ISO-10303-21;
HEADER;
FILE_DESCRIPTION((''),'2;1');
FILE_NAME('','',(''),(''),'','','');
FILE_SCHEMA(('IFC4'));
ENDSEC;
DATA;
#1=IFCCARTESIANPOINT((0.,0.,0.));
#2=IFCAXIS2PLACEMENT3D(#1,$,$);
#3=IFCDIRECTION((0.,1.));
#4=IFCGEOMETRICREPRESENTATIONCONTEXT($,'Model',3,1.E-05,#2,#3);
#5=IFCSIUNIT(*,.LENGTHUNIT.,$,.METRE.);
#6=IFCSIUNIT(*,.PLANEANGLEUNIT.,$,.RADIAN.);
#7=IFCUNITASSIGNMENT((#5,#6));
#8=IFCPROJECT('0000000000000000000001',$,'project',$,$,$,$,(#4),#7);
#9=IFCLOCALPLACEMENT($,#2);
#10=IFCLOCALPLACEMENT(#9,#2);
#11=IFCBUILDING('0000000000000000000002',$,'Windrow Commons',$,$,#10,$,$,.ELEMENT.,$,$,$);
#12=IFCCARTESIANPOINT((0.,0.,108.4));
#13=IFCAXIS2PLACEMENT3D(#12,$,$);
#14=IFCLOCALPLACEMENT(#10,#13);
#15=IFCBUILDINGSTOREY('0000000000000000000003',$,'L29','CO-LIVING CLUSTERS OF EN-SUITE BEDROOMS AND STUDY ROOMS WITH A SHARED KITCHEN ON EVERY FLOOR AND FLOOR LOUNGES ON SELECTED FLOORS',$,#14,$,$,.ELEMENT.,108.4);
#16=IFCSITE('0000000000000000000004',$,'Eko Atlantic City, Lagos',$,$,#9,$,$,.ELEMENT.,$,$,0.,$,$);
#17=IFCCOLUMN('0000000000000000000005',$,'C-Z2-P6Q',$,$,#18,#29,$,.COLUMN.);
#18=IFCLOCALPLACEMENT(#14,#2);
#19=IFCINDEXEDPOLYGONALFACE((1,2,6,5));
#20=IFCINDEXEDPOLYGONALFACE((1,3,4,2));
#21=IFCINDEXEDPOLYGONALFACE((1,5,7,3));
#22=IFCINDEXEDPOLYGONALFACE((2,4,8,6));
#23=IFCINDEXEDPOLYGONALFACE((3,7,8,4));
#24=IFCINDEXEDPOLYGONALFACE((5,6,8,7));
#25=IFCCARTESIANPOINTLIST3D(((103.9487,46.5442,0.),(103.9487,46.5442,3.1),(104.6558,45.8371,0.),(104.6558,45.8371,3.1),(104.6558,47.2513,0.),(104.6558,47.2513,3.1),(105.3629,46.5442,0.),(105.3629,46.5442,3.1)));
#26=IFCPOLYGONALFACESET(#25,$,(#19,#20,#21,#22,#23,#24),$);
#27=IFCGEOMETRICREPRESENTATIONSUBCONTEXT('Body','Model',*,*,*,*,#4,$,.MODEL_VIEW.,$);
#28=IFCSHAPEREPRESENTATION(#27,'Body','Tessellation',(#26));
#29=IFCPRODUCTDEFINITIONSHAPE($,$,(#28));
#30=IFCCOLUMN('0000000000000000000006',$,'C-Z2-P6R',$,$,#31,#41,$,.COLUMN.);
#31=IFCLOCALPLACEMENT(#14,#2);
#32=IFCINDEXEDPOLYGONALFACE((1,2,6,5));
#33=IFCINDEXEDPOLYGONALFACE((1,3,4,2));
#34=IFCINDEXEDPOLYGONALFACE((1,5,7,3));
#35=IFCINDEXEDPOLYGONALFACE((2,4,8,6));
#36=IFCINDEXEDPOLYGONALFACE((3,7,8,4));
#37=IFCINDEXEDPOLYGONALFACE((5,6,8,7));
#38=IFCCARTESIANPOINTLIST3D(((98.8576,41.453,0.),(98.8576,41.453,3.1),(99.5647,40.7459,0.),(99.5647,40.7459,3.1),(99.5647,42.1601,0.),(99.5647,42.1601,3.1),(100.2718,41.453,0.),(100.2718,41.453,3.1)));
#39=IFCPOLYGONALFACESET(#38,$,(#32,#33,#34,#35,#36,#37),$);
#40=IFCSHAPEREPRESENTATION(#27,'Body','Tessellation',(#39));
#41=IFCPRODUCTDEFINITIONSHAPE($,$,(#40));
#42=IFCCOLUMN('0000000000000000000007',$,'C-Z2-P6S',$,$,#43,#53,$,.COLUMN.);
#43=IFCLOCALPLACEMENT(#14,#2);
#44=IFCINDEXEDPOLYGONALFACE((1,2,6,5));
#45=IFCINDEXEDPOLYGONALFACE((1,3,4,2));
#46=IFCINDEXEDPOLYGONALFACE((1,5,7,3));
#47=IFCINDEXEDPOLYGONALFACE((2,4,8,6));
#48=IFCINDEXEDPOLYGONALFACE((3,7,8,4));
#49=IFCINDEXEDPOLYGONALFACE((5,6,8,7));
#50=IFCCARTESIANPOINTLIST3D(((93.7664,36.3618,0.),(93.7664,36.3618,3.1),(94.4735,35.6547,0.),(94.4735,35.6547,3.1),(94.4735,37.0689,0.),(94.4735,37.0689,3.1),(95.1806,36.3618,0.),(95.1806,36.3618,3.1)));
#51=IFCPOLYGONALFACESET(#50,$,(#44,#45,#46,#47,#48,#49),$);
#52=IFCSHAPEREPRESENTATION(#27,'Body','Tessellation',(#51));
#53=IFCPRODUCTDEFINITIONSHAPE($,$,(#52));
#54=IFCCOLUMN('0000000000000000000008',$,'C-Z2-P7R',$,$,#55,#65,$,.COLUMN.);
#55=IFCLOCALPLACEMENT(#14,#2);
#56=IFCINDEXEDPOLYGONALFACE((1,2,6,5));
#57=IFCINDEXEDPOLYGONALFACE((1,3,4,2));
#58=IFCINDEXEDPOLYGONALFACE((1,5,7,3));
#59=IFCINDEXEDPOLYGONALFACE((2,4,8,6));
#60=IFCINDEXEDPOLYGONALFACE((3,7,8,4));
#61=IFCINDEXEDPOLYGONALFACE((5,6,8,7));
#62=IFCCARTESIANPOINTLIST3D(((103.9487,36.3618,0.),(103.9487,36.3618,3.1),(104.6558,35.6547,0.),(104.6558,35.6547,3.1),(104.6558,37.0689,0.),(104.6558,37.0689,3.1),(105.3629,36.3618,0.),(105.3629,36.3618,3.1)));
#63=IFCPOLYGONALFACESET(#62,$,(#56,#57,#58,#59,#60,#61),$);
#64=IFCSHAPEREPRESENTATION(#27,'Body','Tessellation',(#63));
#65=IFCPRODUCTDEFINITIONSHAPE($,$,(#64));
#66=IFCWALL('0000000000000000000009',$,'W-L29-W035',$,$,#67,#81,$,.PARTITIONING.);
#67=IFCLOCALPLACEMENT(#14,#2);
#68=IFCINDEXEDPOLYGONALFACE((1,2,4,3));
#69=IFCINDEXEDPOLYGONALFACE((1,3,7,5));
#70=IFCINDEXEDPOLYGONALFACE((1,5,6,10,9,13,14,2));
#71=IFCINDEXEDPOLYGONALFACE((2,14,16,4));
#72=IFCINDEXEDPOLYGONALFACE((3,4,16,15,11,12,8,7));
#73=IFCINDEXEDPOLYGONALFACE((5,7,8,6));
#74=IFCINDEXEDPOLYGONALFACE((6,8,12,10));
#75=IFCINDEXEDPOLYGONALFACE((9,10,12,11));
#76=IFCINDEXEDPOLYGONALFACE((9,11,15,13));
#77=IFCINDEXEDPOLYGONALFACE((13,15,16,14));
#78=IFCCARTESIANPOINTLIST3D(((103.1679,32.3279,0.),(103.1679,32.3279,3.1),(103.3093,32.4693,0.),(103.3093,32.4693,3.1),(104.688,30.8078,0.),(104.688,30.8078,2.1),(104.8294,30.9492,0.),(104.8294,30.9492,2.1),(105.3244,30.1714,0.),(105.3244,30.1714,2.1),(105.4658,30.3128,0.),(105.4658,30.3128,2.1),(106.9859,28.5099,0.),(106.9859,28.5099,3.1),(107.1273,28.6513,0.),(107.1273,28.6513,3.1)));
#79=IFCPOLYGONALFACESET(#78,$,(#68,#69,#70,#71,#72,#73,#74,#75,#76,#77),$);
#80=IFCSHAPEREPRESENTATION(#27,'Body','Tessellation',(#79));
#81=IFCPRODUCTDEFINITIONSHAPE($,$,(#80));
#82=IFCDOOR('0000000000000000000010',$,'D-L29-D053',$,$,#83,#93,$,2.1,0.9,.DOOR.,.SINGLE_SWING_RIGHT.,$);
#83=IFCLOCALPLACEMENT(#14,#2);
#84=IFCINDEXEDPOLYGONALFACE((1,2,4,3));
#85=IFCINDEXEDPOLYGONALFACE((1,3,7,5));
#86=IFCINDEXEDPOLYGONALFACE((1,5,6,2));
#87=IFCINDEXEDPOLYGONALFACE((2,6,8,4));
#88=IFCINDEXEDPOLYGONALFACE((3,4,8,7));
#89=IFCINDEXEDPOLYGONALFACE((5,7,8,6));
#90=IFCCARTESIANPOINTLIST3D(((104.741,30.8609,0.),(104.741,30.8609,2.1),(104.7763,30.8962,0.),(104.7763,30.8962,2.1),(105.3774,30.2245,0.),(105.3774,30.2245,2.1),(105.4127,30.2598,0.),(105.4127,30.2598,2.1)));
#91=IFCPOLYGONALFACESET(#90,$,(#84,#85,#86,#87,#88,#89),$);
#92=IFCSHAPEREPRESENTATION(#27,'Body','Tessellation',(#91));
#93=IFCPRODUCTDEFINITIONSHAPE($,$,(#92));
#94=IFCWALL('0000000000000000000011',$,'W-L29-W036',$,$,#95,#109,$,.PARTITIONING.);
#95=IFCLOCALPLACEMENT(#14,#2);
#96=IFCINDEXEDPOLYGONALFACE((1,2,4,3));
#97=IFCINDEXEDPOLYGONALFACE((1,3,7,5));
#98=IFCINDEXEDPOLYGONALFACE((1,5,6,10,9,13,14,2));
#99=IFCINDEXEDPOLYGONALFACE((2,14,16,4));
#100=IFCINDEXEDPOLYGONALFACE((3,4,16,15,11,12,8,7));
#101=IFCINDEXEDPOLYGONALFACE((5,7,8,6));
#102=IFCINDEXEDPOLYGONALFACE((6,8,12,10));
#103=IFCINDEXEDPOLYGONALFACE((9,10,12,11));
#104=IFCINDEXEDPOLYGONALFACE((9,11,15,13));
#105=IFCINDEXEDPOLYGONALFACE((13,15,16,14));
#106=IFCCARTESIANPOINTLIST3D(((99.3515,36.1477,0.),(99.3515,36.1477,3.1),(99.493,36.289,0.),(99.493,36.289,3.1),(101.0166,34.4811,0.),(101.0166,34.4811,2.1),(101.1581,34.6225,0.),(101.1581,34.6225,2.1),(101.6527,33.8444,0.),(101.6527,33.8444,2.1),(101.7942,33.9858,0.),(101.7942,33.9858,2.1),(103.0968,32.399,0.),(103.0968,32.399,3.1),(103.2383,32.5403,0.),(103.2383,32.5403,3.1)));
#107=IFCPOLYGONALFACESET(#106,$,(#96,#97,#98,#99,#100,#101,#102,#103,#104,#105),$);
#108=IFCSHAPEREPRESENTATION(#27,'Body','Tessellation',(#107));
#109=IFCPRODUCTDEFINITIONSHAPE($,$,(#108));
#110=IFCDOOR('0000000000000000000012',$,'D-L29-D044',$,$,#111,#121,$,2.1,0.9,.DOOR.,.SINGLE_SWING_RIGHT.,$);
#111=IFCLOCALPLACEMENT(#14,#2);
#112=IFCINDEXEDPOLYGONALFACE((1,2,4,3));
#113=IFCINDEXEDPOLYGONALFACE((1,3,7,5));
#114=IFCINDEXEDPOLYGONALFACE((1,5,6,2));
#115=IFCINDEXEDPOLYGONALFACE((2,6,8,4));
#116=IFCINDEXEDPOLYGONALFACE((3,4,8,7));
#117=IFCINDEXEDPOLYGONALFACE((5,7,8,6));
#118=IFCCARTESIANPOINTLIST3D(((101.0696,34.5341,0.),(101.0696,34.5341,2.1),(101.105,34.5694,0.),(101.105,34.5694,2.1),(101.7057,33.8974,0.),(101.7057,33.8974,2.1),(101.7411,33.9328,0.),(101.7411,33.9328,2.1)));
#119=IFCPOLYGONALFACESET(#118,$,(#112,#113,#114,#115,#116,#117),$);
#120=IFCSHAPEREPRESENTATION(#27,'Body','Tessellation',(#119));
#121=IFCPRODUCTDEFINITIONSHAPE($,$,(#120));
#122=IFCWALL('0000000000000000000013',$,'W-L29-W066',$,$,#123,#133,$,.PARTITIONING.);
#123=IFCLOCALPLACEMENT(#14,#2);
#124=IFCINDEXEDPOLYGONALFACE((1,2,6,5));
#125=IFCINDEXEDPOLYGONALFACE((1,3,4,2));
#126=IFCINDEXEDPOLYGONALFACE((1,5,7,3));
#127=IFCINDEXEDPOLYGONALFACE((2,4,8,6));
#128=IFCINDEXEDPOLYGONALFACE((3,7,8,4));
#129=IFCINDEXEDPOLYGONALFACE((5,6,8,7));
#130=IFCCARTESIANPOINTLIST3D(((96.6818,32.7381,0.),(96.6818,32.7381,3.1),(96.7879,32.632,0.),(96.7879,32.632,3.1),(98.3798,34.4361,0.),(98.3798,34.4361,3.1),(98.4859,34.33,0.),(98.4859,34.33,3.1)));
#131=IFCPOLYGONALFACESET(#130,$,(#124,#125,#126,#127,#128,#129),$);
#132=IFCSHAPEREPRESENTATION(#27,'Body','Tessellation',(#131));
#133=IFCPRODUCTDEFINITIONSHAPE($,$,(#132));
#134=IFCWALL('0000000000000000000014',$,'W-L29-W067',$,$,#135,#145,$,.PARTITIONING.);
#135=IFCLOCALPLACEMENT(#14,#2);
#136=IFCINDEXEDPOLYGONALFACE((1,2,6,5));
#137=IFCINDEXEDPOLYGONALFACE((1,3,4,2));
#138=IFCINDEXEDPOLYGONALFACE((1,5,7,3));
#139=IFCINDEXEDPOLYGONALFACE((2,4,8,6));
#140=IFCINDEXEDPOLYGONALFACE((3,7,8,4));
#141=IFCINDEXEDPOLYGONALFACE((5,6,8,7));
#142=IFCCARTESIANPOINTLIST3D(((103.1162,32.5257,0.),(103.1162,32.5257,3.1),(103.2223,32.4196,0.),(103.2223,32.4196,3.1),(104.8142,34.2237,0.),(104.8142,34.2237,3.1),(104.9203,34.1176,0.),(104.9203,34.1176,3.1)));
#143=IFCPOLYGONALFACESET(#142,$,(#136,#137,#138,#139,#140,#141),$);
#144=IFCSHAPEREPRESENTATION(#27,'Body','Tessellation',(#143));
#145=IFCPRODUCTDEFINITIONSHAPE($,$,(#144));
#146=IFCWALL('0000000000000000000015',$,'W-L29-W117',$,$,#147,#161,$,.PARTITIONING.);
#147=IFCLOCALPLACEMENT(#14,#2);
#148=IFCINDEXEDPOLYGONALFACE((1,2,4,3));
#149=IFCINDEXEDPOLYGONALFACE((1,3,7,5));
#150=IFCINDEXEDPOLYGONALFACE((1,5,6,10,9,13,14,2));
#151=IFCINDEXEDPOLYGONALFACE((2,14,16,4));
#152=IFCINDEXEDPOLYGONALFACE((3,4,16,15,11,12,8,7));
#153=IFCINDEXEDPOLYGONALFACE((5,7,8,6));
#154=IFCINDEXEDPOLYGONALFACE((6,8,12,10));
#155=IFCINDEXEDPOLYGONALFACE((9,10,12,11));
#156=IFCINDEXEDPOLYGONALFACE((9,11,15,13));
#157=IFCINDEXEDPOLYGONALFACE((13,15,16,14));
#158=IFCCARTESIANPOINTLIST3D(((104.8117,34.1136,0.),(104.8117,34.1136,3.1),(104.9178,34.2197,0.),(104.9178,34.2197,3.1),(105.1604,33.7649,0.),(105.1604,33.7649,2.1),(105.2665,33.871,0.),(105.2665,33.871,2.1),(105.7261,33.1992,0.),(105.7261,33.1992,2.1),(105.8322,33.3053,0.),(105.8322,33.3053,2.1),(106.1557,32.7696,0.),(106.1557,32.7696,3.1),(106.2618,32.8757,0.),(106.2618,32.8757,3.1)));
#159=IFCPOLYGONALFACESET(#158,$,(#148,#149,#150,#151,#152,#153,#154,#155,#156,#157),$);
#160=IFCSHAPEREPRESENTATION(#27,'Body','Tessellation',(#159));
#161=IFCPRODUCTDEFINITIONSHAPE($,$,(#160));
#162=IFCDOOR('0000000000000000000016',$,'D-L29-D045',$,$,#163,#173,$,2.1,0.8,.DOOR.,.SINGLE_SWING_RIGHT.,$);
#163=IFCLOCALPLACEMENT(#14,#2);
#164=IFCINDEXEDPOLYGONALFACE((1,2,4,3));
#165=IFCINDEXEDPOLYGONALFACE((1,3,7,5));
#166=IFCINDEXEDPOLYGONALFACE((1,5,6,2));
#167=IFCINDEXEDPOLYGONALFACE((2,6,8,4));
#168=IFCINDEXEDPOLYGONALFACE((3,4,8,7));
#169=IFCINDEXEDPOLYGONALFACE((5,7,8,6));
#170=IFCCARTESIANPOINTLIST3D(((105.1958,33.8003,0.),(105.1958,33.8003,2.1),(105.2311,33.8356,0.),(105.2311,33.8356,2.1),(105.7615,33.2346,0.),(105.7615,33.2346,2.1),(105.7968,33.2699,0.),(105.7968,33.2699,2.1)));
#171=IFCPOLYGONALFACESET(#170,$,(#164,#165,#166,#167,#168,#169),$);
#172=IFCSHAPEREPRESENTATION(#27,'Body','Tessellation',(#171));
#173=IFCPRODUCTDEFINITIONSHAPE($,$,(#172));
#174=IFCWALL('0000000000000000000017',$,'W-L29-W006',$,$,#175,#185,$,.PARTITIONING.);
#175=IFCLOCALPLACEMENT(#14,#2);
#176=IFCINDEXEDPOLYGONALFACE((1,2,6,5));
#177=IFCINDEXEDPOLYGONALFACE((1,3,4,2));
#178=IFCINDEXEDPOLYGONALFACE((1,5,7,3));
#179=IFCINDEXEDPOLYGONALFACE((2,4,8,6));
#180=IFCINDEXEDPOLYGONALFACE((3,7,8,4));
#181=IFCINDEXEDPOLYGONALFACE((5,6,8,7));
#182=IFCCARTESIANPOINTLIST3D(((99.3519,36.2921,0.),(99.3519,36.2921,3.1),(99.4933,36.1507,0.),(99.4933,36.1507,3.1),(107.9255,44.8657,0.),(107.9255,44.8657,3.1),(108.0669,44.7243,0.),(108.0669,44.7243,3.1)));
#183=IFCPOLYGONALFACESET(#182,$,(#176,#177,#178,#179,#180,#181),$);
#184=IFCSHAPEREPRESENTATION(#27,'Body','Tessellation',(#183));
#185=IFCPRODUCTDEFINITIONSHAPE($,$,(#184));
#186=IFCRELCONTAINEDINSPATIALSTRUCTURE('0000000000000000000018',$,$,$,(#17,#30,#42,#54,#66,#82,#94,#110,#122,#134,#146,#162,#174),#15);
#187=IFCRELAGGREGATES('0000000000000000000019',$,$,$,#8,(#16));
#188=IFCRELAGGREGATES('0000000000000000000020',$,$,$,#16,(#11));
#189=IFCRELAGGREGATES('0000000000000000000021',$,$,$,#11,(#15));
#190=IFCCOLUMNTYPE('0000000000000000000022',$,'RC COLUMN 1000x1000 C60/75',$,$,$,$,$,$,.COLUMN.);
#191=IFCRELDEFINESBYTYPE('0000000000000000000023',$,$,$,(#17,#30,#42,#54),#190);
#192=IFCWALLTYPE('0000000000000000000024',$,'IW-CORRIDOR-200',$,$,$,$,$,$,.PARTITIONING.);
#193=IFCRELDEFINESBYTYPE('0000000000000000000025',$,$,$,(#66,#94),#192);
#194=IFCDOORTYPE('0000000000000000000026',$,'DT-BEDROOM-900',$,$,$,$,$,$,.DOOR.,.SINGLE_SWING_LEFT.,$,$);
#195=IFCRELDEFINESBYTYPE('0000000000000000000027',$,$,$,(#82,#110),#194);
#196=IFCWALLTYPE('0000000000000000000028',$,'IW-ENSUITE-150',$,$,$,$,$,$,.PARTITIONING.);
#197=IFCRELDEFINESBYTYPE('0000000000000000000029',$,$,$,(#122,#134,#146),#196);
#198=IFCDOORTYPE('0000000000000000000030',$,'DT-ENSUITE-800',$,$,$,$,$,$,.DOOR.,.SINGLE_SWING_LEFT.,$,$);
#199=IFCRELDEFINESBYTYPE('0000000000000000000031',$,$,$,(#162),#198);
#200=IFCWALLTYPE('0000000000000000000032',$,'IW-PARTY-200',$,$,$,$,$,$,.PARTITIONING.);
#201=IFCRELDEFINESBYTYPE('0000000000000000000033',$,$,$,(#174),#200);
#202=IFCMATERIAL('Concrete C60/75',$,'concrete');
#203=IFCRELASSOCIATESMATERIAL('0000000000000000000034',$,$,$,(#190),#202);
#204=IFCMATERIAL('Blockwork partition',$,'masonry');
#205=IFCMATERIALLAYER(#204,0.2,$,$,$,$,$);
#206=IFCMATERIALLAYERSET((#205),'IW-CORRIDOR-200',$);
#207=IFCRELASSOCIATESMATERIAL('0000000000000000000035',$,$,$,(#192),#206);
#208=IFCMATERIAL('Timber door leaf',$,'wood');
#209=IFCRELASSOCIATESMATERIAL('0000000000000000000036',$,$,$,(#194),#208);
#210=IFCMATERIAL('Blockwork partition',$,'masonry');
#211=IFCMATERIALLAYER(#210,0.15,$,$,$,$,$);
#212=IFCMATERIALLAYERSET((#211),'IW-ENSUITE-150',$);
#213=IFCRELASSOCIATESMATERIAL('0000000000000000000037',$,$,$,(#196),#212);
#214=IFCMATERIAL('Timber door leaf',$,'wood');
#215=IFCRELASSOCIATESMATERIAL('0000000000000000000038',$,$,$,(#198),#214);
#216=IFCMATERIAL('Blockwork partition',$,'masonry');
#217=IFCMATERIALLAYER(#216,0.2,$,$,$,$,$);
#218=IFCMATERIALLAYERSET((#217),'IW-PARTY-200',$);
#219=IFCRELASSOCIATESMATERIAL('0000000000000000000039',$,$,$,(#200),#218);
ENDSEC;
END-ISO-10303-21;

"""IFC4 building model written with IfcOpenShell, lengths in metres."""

from ifc_helpers import new_model, si_unit, direction, frame, frame_2d, origin, origin_2d, place, context, subcontext, project, spatial, rectangle, extrude, material, layer, layer_set, material_profile, profile_set, type_object, element, fill, save


model = new_model("IFC4")

# Units and contexts
model_context = context("Model", 3, precision=1e-05, world=origin(), true_north=direction((0.0, 1.0)))
body_context = subcontext(model_context, "Body", "Model", "MODEL_VIEW")
ifc_project = project(units=[si_unit("LENGTHUNIT", "METRE"), si_unit("PLANEANGLEUNIT", "RADIAN")], contexts=[model_context])

# Site, building, storey
site_placement = place(None, origin())
site = spatial("IfcSite", under=ifc_project, at=site_placement, Name="Eko Atlantic City, Lagos", CompositionType="ELEMENT", RefElevation=0.0)
building_placement = place(site_placement, origin())
building = spatial("IfcBuilding", under=site, at=building_placement, Name="Windrow Commons", CompositionType="ELEMENT")
storey_placement = place(building_placement, frame((0.0, 0.0, 108.4)))
storey = spatial("IfcBuildingStorey", under=building, at=storey_placement, Name="L29", Description="CO-LIVING CLUSTERS OF EN-SUITE BEDROOMS AND STUDY ROOMS WITH A SHARED KITCHEN ON EVERY FLOOR AND FLOOR LOUNGES ON SELECTED FLOORS", CompositionType="ELEMENT", Elevation=108.4)

# Columns
ifc_material_1 = material(Name="Concrete C60/75", Category="concrete")
ifc_material_profile = material_profile(ifc_material_1, rectangle(XDim=1.0, YDim=1.0, at=origin_2d()))
ifc_profile_set = profile_set([ifc_material_profile], Name="Concrete C60/75")
column_type = type_object("IfcColumnType", Name="RC COLUMN 1000x1000 C60/75", PredefinedType="COLUMN", material=ifc_profile_set)
for number, where, z_axis, x_axis, name in (
    (1, (104.6558, 46.5442, 0.0), (0.0, 0.0, 1.0), (0.707107, -0.707107, 0.0), "C-Z2-P6Q"),
    (2, (99.5647, 41.453, 0.0), (0.0, 0.0, 1.0), (0.707107, -0.707107, 0.0), "C-Z2-P6R"),
    (3, (94.4735, 36.3618, 0.0), (0.0, 0.0, 1.0), (0.707107, -0.707107, 0.0), "C-Z2-P6S"),
    (4, (104.6558, 36.3618, 0.0), (0.0, 0.0, 1.0), (0.707107, -0.707107, 0.0), "C-Z2-P7R"),
):
    element("IfcColumn", number, at=place(storey_placement, frame(where, z_axis=z_axis, x_axis=x_axis)), inside=storey, type_object=column_type, Name=name, PredefinedType="COLUMN", context=body_context, shape_type="SweptSolid", body=[
        extrude(rectangle(XDim=1.0, YDim=1.0, at=origin_2d()), origin(), (0.0, 0.0, 1.0), 3.1),
    ])

# Walls, openings, doors
ifc_material_2 = material(Name="Blockwork partition", Category="masonry")
ifc_layer_1 = layer(ifc_material_2, 0.2)
ifc_layer_set_1 = layer_set([ifc_layer_1], Name="IW-CORRIDOR-200")
wall_type_1 = type_object("IfcWallType", Name="IW-CORRIDOR-200", PredefinedType="PARTITIONING", material=ifc_layer_set_1)
wall_1_placement = place(storey_placement, frame((103.2386, 32.3986, 0.0), z_axis=(0.0, 0.0, 1.0), x_axis=(0.707107, -0.707107, 0.0)))
wall_1 = element("IfcWall", 5, at=wall_1_placement, inside=storey, type_object=wall_type_1, Name="W-L29-W035", PredefinedType="PARTITIONING", context=body_context, shape_type="SweptSolid", body=[
    extrude(rectangle(XDim=5.3995, YDim=0.2, at=frame_2d((2.6997, 0.0))), origin(), (0.0, 0.0, 1.0), 3.1),
])
opening_1_placement = place(wall_1_placement, frame((2.1497, 0.0, 0.0)))
opening_1 = element("IfcOpeningElement", 6, at=opening_1_placement, cuts=wall_1, PredefinedType="OPENING", context=body_context, shape_type="SweptSolid", body=[
    extrude(rectangle(XDim=0.9, YDim=2.1, at=frame_2d((0.45, 1.05))), frame((0.0, 0.11, 0.0), z_axis=(0.0, -1.0, 0.0), x_axis=(1.0, 0.0, 0.0)), (0.0, 0.0, 1.0), 0.22),
])
ifc_material_3 = material(Name="Timber door leaf", Category="wood")
door_type_1 = type_object("IfcDoorType", Name="DT-BEDROOM-900", OperationType="SINGLE_SWING_LEFT", PredefinedType="DOOR", material=ifc_material_3)
door_1_placement = place(opening_1_placement, origin())
door_1 = element("IfcDoor", 7, at=door_1_placement, inside=storey, type_object=door_type_1, Name="D-L29-D053", OperationType="SINGLE_SWING_RIGHT", OverallHeight=2.1, OverallWidth=0.9, PredefinedType="DOOR", context=body_context, shape_type="SweptSolid", body=[
    extrude(rectangle(XDim=0.9, YDim=2.1, at=frame_2d((0.45, 1.05))), frame((0.0, 0.025, 0.0), z_axis=(0.0, -1.0, 0.0), x_axis=(1.0, 0.0, 0.0)), (0.0, 0.0, 1.0), 0.05),
])
fill(opening_1, door_1)
wall_2_placement = place(storey_placement, frame((103.1676, 32.4696, 0.0), z_axis=(0.0, 0.0, 1.0), x_axis=(-0.706786, 0.707428, 0.0)))
wall_2 = element("IfcWall", 8, at=wall_2_placement, inside=storey, type_object=wall_type_1, Name="W-L29-W036", PredefinedType="PARTITIONING", context=body_context, shape_type="SweptSolid", body=[
    extrude(rectangle(XDim=5.2991, YDim=0.2, at=frame_2d((2.6496, 0.0))), origin(), (0.0, 0.0, 1.0), 3.1),
])
opening_2_placement = place(wall_2_placement, frame((2.0433, 0.0, 0.0)))
opening_2 = element("IfcOpeningElement", 9, at=opening_2_placement, cuts=wall_2, PredefinedType="OPENING", context=body_context, shape_type="SweptSolid", body=[
    extrude(rectangle(XDim=0.9, YDim=2.1, at=frame_2d((0.45, 1.05))), frame((0.0, 0.11, 0.0), z_axis=(0.0, -1.0, 0.0), x_axis=(1.0, 0.0, 0.0)), (0.0, 0.0, 1.0), 0.22),
])
door_2_placement = place(opening_2_placement, origin())
door_2 = element("IfcDoor", 10, at=door_2_placement, inside=storey, type_object=door_type_1, Name="D-L29-D044", OperationType="SINGLE_SWING_RIGHT", OverallHeight=2.1, OverallWidth=0.9, PredefinedType="DOOR", context=body_context, shape_type="SweptSolid", body=[
    extrude(rectangle(XDim=0.9, YDim=2.1, at=frame_2d((0.45, 1.05))), frame((0.0, 0.025, 0.0), z_axis=(0.0, -1.0, 0.0), x_axis=(1.0, 0.0, 0.0)), (0.0, 0.0, 1.0), 0.05),
])
fill(opening_2, door_2)

# Walls
ifc_material_4 = material(Name="Blockwork partition", Category="masonry")
ifc_layer_2 = layer(ifc_material_4, 0.15)
ifc_layer_set_2 = layer_set([ifc_layer_2], Name="IW-ENSUITE-150")
wall_type_2 = type_object("IfcWallType", Name="IW-ENSUITE-150", PredefinedType="PARTITIONING", material=ifc_layer_set_2)
for number, where, z_axis, x_axis, name in (
    (11, (96.7349, 32.6851, 0.0), (0.0, 0.0, 1.0), (0.707107, 0.707107, 0.0), "W-L29-W066"),
    (12, (103.1693, 32.4727, 0.0), (0.0, 0.0, 1.0), (0.707107, 0.707107, 0.0), "W-L29-W067"),
):
    element("IfcWall", number, at=place(storey_placement, frame(where, z_axis=z_axis, x_axis=x_axis)), inside=storey, type_object=wall_type_2, Name=name, PredefinedType="PARTITIONING", context=body_context, shape_type="SweptSolid", body=[
        extrude(rectangle(XDim=2.4013, YDim=0.15, at=frame_2d((1.2006, 0.0))), origin(), (0.0, 0.0, 1.0), 3.1),
    ])

# Wall, opening, door
wall_3_placement = place(storey_placement, frame((104.8647, 34.1667, 0.0), z_axis=(0.0, 0.0, 1.0), x_axis=(0.707107, -0.707107, 0.0)))
wall_3 = element("IfcWall", 13, at=wall_3_placement, inside=storey, type_object=wall_type_2, Name="W-L29-W117", PredefinedType="PARTITIONING", context=body_context, shape_type="SweptSolid", body=[
    extrude(rectangle(XDim=1.9007, YDim=0.15, at=frame_2d((0.9504, 0.0))), origin(), (0.0, 0.0, 1.0), 3.1),
])
opening_3_placement = place(wall_3_placement, frame((0.4932, 0.0, 0.0)))
opening_3 = element("IfcOpeningElement", 14, at=opening_3_placement, cuts=wall_3, PredefinedType="OPENING", context=body_context, shape_type="SweptSolid", body=[
    extrude(rectangle(XDim=0.8, YDim=2.1, at=frame_2d((0.4, 1.05))), frame((0.0, 0.085, 0.0), z_axis=(0.0, -1.0, 0.0), x_axis=(1.0, 0.0, 0.0)), (0.0, 0.0, 1.0), 0.17),
])
ifc_material_5 = material(Name="Timber door leaf", Category="wood")
door_type_2 = type_object("IfcDoorType", Name="DT-ENSUITE-800", OperationType="SINGLE_SWING_LEFT", PredefinedType="DOOR", material=ifc_material_5)
door_3_placement = place(opening_3_placement, origin())
door_3 = element("IfcDoor", 15, at=door_3_placement, inside=storey, type_object=door_type_2, Name="D-L29-D045", OperationType="SINGLE_SWING_RIGHT", OverallHeight=2.1, OverallWidth=0.8, PredefinedType="DOOR", context=body_context, shape_type="SweptSolid", body=[
    extrude(rectangle(XDim=0.8, YDim=2.1, at=frame_2d((0.4, 1.05))), frame((0.0, 0.025, 0.0), z_axis=(0.0, -1.0, 0.0), x_axis=(1.0, 0.0, 0.0)), (0.0, 0.0, 1.0), 0.05),
])
fill(opening_3, door_3)

# Wall
ifc_material_6 = material(Name="Blockwork partition", Category="masonry")
ifc_layer_3 = layer(ifc_material_6, 0.2)
ifc_layer_set_3 = layer_set([ifc_layer_3], Name="IW-PARTY-200")
wall_type_3 = type_object("IfcWallType", Name="IW-PARTY-200", PredefinedType="PARTITIONING", material=ifc_layer_set_3)
wall_4_placement = place(storey_placement, frame((99.4226, 36.2214, 0.0), z_axis=(0.0, 0.0, 1.0), x_axis=(0.707107, 0.707107, 0.0)))
element("IfcWall", 16, at=wall_4_placement, inside=storey, type_object=wall_type_3, Name="W-L29-W006", PredefinedType="PARTITIONING", context=body_context, shape_type="SweptSolid", body=[
    extrude(rectangle(XDim=12.1249, YDim=0.2, at=frame_2d((6.0625, 0.0))), origin(), (0.0, 0.0, 1.0), 3.1),
])

save(model, "model.ifc")
